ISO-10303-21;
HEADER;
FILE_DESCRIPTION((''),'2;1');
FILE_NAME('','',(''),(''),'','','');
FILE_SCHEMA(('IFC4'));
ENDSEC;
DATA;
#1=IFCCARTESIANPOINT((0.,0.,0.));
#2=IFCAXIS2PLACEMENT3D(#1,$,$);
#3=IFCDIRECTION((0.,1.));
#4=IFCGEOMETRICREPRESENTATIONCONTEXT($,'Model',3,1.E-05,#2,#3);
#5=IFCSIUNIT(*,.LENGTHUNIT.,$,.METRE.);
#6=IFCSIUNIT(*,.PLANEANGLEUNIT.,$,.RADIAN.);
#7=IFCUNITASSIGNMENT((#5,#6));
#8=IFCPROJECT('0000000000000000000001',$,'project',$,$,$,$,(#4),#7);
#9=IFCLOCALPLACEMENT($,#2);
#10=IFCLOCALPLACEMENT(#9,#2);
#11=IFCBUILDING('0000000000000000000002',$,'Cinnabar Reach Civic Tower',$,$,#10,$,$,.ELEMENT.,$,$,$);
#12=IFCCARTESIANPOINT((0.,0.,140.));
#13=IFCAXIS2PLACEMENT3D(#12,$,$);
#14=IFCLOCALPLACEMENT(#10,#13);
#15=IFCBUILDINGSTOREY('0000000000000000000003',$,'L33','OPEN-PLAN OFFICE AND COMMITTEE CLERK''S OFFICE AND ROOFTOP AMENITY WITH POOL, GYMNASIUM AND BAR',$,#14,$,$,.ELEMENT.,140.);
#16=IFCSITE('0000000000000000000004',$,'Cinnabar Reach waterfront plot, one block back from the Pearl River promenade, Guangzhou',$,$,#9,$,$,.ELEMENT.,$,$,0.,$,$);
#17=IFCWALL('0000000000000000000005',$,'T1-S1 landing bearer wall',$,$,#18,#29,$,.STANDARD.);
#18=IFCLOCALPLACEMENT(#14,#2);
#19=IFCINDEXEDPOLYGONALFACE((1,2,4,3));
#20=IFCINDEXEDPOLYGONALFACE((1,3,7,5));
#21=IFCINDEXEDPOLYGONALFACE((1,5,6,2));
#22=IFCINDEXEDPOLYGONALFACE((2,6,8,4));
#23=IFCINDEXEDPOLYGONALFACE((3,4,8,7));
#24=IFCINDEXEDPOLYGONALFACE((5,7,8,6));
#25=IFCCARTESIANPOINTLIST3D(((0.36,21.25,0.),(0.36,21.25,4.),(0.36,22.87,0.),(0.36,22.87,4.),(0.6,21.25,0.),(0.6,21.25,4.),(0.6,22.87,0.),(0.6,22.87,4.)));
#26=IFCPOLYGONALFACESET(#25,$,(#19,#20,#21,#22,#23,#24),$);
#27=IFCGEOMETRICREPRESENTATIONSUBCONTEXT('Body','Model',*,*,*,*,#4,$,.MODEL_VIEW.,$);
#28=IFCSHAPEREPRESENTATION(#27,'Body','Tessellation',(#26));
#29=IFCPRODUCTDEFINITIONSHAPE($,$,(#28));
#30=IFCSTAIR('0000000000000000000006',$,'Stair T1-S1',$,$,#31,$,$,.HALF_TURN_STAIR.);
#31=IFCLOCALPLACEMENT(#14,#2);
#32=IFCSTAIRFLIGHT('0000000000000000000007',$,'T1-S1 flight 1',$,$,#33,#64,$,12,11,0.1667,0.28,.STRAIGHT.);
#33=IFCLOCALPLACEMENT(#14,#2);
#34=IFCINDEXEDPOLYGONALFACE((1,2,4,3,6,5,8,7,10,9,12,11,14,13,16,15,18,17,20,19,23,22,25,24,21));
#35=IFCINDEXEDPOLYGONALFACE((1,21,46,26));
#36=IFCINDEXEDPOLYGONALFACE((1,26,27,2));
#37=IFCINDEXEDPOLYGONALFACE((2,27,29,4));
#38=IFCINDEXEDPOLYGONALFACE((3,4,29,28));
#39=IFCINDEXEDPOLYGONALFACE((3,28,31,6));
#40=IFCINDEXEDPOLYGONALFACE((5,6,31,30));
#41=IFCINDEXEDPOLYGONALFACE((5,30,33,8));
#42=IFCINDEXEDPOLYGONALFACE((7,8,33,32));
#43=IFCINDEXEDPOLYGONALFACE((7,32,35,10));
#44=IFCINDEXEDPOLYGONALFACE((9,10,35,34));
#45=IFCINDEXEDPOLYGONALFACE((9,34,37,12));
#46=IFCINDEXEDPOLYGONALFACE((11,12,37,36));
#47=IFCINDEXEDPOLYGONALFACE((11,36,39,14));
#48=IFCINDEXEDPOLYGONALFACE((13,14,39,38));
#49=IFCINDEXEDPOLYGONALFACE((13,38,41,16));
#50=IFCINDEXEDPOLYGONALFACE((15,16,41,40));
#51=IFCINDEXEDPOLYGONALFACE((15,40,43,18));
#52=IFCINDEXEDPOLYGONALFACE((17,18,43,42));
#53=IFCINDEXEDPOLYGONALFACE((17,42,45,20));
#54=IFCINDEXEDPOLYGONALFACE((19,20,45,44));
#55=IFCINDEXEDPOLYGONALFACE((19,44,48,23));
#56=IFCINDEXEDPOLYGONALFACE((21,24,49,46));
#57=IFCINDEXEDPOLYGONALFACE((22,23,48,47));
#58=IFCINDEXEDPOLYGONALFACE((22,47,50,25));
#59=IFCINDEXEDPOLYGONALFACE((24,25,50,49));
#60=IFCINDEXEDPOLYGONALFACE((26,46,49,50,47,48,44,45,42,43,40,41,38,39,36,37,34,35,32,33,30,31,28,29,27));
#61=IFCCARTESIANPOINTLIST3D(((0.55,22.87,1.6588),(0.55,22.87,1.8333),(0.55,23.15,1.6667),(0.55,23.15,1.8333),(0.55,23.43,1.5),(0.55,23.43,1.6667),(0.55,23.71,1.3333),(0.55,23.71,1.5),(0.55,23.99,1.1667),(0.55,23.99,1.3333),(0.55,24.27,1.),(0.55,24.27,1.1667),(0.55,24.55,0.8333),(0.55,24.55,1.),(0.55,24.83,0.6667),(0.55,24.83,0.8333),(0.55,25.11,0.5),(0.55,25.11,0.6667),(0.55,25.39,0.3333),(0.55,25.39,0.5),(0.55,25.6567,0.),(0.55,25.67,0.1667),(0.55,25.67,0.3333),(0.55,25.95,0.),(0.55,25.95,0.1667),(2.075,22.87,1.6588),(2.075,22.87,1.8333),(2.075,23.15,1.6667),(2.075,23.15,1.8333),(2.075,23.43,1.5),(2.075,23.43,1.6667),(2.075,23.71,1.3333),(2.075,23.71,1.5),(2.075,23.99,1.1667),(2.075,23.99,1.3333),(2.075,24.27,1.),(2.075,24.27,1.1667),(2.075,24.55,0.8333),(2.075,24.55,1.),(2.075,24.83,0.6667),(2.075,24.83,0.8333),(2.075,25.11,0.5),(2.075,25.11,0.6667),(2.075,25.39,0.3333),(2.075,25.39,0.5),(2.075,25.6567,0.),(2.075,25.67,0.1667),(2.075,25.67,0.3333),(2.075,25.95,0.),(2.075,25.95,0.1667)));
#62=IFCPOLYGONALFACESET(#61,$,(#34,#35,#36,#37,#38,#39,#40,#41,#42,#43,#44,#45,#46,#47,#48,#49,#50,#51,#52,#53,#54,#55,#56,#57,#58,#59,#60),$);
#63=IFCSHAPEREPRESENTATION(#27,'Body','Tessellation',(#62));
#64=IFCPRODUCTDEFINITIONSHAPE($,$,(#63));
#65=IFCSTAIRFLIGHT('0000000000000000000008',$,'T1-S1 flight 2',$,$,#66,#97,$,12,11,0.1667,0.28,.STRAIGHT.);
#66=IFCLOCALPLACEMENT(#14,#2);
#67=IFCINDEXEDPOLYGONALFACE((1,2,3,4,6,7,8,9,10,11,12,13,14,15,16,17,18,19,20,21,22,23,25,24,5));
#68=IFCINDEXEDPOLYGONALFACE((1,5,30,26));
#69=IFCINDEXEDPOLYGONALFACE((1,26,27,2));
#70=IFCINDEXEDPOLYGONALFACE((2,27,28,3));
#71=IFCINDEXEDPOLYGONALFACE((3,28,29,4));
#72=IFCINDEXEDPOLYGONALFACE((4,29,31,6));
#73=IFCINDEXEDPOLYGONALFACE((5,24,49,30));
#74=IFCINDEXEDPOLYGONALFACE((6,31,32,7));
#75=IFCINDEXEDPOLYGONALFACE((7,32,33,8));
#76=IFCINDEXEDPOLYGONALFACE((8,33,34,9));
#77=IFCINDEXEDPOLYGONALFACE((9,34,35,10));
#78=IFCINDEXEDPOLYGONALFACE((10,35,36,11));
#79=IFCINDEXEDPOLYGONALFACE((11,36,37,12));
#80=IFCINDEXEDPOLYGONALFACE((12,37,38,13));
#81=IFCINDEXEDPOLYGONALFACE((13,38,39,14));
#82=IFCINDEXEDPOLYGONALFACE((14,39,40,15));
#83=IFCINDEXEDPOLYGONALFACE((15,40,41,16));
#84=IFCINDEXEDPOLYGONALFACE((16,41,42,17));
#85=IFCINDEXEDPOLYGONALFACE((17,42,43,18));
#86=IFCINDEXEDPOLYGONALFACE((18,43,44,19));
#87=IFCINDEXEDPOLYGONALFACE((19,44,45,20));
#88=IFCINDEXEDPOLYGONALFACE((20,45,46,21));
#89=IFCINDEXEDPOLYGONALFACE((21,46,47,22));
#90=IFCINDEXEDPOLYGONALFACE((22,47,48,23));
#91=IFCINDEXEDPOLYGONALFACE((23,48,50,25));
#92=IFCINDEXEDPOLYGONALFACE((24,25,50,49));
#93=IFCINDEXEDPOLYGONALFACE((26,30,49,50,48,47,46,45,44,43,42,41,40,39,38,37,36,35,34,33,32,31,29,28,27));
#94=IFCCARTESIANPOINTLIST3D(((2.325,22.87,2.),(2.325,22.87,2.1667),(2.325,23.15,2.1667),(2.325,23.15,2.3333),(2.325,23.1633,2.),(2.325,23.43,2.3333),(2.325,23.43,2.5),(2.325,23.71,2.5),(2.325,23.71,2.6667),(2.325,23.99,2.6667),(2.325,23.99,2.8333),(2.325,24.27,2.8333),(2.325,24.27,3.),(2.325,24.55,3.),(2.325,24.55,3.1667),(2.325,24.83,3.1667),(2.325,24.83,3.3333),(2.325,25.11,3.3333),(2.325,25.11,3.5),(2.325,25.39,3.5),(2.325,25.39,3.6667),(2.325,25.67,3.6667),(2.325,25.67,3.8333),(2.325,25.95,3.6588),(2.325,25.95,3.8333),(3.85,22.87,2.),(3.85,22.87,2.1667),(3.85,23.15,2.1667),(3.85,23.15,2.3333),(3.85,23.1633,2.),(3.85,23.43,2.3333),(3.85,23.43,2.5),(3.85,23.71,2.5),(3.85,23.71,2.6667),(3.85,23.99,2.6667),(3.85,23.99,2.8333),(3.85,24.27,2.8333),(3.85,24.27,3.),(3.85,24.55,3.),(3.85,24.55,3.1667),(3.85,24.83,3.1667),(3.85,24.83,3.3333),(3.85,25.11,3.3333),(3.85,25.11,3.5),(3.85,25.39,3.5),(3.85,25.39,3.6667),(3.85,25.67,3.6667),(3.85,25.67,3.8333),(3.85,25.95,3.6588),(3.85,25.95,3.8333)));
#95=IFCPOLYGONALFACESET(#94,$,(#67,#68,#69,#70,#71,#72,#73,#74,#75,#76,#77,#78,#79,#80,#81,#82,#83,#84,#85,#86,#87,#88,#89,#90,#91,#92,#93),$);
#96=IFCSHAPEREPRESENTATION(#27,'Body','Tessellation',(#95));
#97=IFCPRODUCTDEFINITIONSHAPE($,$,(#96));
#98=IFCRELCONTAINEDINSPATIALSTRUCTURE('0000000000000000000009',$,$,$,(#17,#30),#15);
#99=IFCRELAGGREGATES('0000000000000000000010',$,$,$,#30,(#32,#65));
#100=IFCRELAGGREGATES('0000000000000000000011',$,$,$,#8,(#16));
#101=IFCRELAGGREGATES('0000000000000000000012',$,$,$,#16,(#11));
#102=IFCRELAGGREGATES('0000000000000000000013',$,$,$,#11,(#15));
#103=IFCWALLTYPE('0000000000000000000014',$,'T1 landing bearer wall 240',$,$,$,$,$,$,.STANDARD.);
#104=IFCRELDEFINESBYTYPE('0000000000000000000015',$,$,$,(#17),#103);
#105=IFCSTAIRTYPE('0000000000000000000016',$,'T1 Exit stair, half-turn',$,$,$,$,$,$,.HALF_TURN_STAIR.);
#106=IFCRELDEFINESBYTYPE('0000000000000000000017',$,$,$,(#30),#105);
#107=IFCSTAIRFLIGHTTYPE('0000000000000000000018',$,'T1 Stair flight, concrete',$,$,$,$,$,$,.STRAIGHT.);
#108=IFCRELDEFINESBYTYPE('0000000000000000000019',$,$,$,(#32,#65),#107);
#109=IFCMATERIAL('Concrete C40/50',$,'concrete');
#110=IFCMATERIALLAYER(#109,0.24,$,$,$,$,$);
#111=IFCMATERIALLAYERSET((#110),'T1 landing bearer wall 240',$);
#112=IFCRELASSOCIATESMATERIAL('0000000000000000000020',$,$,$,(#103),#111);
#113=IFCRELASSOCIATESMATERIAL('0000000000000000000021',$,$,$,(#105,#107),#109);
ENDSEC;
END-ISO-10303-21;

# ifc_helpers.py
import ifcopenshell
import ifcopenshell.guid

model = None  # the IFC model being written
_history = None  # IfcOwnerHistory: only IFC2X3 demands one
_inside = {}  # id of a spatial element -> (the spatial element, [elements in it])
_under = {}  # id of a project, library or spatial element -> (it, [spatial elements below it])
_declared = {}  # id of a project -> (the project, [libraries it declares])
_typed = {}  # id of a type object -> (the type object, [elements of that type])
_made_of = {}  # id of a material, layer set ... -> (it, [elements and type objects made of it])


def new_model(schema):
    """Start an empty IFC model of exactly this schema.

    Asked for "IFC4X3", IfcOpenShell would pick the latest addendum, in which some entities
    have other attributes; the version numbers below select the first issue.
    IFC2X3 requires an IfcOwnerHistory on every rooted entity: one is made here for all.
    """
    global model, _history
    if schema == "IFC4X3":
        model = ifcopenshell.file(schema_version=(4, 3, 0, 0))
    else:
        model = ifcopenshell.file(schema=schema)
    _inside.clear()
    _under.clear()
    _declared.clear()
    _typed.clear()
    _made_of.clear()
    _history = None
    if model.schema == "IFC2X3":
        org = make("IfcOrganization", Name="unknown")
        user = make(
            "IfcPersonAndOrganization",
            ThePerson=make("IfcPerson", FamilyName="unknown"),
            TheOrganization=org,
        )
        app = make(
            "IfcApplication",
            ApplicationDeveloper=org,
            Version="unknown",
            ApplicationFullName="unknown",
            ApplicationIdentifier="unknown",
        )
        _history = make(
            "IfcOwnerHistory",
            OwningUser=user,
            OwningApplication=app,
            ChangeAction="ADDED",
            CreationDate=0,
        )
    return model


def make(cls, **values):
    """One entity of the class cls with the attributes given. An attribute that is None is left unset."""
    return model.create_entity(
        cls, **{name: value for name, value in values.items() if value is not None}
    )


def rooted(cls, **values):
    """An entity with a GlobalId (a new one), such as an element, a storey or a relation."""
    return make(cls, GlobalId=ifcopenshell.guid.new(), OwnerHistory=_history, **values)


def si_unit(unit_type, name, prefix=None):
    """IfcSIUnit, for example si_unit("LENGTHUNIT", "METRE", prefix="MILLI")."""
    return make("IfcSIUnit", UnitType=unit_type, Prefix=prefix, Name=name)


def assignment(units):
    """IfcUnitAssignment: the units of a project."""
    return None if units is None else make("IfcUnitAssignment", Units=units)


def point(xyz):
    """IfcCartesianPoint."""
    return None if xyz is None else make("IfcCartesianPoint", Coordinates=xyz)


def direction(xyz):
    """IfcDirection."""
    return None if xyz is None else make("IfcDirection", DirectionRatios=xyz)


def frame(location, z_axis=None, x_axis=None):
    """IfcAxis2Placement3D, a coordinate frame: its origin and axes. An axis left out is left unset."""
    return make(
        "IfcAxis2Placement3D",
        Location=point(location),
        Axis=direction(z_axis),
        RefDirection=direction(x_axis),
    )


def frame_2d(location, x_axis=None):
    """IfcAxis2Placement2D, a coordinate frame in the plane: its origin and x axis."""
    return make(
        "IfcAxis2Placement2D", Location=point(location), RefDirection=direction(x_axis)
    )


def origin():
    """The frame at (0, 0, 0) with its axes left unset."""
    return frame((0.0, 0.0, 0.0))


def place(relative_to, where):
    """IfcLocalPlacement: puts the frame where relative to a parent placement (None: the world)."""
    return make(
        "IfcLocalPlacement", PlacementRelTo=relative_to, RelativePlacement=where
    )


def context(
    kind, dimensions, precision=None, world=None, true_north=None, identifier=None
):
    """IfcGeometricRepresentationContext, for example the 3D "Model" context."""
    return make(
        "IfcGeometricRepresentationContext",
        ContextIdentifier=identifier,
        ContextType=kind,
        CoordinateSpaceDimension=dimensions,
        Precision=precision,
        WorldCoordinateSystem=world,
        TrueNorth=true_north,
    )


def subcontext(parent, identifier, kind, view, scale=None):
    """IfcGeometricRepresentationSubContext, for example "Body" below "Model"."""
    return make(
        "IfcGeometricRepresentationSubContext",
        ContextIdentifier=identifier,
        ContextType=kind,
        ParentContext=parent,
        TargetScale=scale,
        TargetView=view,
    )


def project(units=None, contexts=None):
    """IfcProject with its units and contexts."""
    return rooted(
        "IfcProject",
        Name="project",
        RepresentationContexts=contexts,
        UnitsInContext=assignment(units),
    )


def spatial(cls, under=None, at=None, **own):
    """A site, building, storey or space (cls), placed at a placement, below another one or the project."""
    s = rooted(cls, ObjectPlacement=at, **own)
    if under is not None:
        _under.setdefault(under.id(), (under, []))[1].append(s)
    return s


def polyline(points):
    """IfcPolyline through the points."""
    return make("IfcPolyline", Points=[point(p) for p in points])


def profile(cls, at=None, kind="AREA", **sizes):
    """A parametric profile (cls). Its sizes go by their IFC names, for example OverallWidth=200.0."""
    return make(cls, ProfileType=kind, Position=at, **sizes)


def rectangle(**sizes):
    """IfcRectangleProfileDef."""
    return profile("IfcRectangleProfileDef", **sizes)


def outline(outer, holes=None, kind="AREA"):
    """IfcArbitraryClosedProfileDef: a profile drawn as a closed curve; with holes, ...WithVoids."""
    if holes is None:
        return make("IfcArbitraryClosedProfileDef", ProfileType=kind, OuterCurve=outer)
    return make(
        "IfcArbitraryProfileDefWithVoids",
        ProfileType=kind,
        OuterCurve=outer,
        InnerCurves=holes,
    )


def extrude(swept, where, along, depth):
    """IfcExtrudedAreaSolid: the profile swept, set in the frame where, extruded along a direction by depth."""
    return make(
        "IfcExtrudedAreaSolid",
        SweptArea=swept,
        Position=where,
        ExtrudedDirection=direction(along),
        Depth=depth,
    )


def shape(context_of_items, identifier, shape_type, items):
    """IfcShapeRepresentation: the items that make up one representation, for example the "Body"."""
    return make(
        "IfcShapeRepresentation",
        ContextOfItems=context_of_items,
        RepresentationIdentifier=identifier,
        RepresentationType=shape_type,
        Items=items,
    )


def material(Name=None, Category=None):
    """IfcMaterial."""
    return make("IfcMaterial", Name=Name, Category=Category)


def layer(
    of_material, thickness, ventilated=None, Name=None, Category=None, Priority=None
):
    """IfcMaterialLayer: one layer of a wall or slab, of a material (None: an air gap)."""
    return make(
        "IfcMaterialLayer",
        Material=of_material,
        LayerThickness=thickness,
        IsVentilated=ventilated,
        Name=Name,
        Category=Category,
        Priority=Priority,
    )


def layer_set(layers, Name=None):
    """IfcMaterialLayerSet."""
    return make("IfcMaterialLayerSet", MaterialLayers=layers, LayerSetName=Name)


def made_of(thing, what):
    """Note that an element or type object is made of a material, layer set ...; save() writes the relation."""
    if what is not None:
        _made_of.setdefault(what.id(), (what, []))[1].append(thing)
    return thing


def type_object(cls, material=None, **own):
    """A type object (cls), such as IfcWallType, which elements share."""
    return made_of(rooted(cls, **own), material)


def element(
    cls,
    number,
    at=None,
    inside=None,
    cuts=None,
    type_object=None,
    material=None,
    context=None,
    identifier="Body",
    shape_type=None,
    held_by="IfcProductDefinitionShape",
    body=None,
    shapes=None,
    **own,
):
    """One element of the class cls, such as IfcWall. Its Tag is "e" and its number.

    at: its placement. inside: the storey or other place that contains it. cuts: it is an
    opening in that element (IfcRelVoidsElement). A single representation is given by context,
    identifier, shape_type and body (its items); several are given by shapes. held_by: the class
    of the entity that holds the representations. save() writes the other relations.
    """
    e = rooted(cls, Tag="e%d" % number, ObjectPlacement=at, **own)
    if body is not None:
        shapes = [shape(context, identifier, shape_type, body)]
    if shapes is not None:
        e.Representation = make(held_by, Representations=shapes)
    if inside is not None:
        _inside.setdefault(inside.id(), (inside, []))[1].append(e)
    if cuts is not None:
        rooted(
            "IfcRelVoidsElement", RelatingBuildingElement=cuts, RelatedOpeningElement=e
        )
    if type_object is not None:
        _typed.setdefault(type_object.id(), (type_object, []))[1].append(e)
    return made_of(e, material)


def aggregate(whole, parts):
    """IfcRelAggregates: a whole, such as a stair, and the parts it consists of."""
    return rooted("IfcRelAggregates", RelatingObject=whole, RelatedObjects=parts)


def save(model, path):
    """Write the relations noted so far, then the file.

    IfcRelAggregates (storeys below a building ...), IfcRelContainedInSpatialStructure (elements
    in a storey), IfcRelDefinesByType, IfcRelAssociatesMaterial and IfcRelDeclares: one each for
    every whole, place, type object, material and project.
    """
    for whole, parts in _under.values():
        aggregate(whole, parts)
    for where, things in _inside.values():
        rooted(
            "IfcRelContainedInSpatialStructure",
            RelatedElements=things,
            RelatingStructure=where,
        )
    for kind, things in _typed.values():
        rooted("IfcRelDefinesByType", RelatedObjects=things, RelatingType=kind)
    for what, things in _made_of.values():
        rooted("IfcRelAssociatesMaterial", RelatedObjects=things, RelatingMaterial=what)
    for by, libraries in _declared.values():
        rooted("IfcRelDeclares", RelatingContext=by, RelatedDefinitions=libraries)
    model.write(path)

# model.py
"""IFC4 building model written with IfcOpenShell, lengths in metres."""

from ifc_helpers import new_model, si_unit, direction, frame, frame_2d, origin, place, context, subcontext, project, spatial, polyline, rectangle, outline, extrude, material, layer, layer_set, type_object, element, aggregate, save


model = new_model("IFC4")

# Units and contexts
model_context = context("Model", 3, precision=1e-05, world=origin(), true_north=direction((0.0, 1.0)))
body_context = subcontext(model_context, "Body", "Model", "MODEL_VIEW")
ifc_project = project(units=[si_unit("LENGTHUNIT", "METRE"), si_unit("PLANEANGLEUNIT", "RADIAN")], contexts=[model_context])

# Site, building, storey
site_placement = place(None, origin())
site = spatial("IfcSite", under=ifc_project, at=site_placement, Name="Cinnabar Reach waterfront plot, one block back from the Pearl River promenade, Guangzhou", CompositionType="ELEMENT", RefElevation=0.0)
building_placement = place(site_placement, origin())
building = spatial("IfcBuilding", under=site, at=building_placement, Name="Cinnabar Reach Civic Tower", CompositionType="ELEMENT")
storey_placement = place(building_placement, frame((0.0, 0.0, 140.0)))
storey = spatial("IfcBuildingStorey", under=building, at=storey_placement, Name="L33", Description="OPEN-PLAN OFFICE AND COMMITTEE CLERK'S OFFICE AND ROOFTOP AMENITY WITH POOL, GYMNASIUM AND BAR", CompositionType="ELEMENT", Elevation=140.0)

# Wall
ifc_material_1 = material(Name="Concrete C40/50", Category="concrete")
ifc_layer_1 = layer(ifc_material_1, 0.24)
ifc_layer_set_1 = layer_set([ifc_layer_1], Name="T1 landing bearer wall 240")
wall_type_1 = type_object("IfcWallType", Name="T1 landing bearer wall 240", PredefinedType="STANDARD", material=ifc_layer_set_1)
wall_1_placement = place(storey_placement, frame((0.48, 21.25, 0.0), z_axis=(0.0, 0.0, 1.0), x_axis=(0.0, 1.0, 0.0)))
element("IfcWall", 1, at=wall_1_placement, inside=storey, type_object=wall_type_1, Name="T1-S1 landing bearer wall", PredefinedType="STANDARD", context=body_context, shape_type="SweptSolid", body=[
    extrude(rectangle(XDim=1.62, YDim=0.24, at=frame_2d((0.81, 0.0))), origin(), (0.0, 0.0, 1.0), 4.0),
])

# Stair, stair flights
stair_type = type_object("IfcStairType", Name="T1 Exit stair, half-turn", PredefinedType="HALF_TURN_STAIR", material=ifc_material_1)
stair_placement = place(storey_placement, origin())
stair = element("IfcStair", 2, at=stair_placement, inside=storey, type_object=stair_type, Name="Stair T1-S1", PredefinedType="HALF_TURN_STAIR")
stair_flight_type = type_object("IfcStairFlightType", Name="T1 Stair flight, concrete", PredefinedType="STRAIGHT", material=ifc_material_1)
stair_flight_1_placement = place(storey_placement, frame((1.3125, 25.95, 0.0), z_axis=(0.0, 0.0, 1.0), x_axis=(0.0, -1.0, 0.0)))
stair_flight_1 = element("IfcStairFlight", 3, at=stair_flight_1_placement, type_object=stair_flight_type, Name="T1-S1 flight 1", NumberOfRisers=12, NumberOfTreads=11, PredefinedType="STRAIGHT", RiserHeight=0.1667, TreadLength=0.28, context=body_context, shape_type="SweptSolid", body=[
    extrude(outline(polyline([(0.0, 0.0), (0.0, 0.1667), (0.28, 0.1667), (0.28, 0.3333), (0.56, 0.3333), (0.56, 0.5), (0.84, 0.5), (0.84, 0.6667), (1.12, 0.6667), (1.12, 0.8333), (1.4, 0.8333), (1.4, 1.0), (1.68, 1.0), (1.68, 1.1667), (1.96, 1.1667), (1.96, 1.3333), (2.24, 1.3333), (2.24, 1.5), (2.52, 1.5), (2.52, 1.6667), (2.8, 1.6667), (2.8, 1.8333), (3.08, 1.8333), (3.08, 2.0), (3.08, 1.6588), (0.2933, 0.0), (0.0, 0.0)])), frame((0.0, 0.7625, 0.0), z_axis=(0.0, -1.0, 0.0), x_axis=(1.0, 0.0, 0.0)), (0.0, 0.0, 1.0), 1.525),
])
stair_flight_2_placement = place(storey_placement, frame((3.0875, 22.87, 2.0), z_axis=(0.0, 0.0, 1.0), x_axis=(0.0, 1.0, 0.0)))
stair_flight_2 = element("IfcStairFlight", 4, at=stair_flight_2_placement, type_object=stair_flight_type, Name="T1-S1 flight 2", NumberOfRisers=12, NumberOfTreads=11, PredefinedType="STRAIGHT", RiserHeight=0.1667, TreadLength=0.28, context=body_context, shape_type="SweptSolid", body=[
    extrude(outline(polyline([(0.0, 0.0), (0.0, 0.1667), (0.28, 0.1667), (0.28, 0.3333), (0.56, 0.3333), (0.56, 0.5), (0.84, 0.5), (0.84, 0.6667), (1.12, 0.6667), (1.12, 0.8333), (1.4, 0.8333), (1.4, 1.0), (1.68, 1.0), (1.68, 1.1667), (1.96, 1.1667), (1.96, 1.3333), (2.24, 1.3333), (2.24, 1.5), (2.52, 1.5), (2.52, 1.6667), (2.8, 1.6667), (2.8, 1.8333), (3.08, 1.8333), (3.08, 2.0), (3.08, 1.6588), (0.2933, 0.0), (0.0, 0.0)])), frame((0.0, 0.7625, 0.0), z_axis=(0.0, -1.0, 0.0), x_axis=(1.0, 0.0, 0.0)), (0.0, 0.0, 1.0), 1.525),
])
aggregate(stair, [stair_flight_1, stair_flight_2])

save(model, "model.ifc")
